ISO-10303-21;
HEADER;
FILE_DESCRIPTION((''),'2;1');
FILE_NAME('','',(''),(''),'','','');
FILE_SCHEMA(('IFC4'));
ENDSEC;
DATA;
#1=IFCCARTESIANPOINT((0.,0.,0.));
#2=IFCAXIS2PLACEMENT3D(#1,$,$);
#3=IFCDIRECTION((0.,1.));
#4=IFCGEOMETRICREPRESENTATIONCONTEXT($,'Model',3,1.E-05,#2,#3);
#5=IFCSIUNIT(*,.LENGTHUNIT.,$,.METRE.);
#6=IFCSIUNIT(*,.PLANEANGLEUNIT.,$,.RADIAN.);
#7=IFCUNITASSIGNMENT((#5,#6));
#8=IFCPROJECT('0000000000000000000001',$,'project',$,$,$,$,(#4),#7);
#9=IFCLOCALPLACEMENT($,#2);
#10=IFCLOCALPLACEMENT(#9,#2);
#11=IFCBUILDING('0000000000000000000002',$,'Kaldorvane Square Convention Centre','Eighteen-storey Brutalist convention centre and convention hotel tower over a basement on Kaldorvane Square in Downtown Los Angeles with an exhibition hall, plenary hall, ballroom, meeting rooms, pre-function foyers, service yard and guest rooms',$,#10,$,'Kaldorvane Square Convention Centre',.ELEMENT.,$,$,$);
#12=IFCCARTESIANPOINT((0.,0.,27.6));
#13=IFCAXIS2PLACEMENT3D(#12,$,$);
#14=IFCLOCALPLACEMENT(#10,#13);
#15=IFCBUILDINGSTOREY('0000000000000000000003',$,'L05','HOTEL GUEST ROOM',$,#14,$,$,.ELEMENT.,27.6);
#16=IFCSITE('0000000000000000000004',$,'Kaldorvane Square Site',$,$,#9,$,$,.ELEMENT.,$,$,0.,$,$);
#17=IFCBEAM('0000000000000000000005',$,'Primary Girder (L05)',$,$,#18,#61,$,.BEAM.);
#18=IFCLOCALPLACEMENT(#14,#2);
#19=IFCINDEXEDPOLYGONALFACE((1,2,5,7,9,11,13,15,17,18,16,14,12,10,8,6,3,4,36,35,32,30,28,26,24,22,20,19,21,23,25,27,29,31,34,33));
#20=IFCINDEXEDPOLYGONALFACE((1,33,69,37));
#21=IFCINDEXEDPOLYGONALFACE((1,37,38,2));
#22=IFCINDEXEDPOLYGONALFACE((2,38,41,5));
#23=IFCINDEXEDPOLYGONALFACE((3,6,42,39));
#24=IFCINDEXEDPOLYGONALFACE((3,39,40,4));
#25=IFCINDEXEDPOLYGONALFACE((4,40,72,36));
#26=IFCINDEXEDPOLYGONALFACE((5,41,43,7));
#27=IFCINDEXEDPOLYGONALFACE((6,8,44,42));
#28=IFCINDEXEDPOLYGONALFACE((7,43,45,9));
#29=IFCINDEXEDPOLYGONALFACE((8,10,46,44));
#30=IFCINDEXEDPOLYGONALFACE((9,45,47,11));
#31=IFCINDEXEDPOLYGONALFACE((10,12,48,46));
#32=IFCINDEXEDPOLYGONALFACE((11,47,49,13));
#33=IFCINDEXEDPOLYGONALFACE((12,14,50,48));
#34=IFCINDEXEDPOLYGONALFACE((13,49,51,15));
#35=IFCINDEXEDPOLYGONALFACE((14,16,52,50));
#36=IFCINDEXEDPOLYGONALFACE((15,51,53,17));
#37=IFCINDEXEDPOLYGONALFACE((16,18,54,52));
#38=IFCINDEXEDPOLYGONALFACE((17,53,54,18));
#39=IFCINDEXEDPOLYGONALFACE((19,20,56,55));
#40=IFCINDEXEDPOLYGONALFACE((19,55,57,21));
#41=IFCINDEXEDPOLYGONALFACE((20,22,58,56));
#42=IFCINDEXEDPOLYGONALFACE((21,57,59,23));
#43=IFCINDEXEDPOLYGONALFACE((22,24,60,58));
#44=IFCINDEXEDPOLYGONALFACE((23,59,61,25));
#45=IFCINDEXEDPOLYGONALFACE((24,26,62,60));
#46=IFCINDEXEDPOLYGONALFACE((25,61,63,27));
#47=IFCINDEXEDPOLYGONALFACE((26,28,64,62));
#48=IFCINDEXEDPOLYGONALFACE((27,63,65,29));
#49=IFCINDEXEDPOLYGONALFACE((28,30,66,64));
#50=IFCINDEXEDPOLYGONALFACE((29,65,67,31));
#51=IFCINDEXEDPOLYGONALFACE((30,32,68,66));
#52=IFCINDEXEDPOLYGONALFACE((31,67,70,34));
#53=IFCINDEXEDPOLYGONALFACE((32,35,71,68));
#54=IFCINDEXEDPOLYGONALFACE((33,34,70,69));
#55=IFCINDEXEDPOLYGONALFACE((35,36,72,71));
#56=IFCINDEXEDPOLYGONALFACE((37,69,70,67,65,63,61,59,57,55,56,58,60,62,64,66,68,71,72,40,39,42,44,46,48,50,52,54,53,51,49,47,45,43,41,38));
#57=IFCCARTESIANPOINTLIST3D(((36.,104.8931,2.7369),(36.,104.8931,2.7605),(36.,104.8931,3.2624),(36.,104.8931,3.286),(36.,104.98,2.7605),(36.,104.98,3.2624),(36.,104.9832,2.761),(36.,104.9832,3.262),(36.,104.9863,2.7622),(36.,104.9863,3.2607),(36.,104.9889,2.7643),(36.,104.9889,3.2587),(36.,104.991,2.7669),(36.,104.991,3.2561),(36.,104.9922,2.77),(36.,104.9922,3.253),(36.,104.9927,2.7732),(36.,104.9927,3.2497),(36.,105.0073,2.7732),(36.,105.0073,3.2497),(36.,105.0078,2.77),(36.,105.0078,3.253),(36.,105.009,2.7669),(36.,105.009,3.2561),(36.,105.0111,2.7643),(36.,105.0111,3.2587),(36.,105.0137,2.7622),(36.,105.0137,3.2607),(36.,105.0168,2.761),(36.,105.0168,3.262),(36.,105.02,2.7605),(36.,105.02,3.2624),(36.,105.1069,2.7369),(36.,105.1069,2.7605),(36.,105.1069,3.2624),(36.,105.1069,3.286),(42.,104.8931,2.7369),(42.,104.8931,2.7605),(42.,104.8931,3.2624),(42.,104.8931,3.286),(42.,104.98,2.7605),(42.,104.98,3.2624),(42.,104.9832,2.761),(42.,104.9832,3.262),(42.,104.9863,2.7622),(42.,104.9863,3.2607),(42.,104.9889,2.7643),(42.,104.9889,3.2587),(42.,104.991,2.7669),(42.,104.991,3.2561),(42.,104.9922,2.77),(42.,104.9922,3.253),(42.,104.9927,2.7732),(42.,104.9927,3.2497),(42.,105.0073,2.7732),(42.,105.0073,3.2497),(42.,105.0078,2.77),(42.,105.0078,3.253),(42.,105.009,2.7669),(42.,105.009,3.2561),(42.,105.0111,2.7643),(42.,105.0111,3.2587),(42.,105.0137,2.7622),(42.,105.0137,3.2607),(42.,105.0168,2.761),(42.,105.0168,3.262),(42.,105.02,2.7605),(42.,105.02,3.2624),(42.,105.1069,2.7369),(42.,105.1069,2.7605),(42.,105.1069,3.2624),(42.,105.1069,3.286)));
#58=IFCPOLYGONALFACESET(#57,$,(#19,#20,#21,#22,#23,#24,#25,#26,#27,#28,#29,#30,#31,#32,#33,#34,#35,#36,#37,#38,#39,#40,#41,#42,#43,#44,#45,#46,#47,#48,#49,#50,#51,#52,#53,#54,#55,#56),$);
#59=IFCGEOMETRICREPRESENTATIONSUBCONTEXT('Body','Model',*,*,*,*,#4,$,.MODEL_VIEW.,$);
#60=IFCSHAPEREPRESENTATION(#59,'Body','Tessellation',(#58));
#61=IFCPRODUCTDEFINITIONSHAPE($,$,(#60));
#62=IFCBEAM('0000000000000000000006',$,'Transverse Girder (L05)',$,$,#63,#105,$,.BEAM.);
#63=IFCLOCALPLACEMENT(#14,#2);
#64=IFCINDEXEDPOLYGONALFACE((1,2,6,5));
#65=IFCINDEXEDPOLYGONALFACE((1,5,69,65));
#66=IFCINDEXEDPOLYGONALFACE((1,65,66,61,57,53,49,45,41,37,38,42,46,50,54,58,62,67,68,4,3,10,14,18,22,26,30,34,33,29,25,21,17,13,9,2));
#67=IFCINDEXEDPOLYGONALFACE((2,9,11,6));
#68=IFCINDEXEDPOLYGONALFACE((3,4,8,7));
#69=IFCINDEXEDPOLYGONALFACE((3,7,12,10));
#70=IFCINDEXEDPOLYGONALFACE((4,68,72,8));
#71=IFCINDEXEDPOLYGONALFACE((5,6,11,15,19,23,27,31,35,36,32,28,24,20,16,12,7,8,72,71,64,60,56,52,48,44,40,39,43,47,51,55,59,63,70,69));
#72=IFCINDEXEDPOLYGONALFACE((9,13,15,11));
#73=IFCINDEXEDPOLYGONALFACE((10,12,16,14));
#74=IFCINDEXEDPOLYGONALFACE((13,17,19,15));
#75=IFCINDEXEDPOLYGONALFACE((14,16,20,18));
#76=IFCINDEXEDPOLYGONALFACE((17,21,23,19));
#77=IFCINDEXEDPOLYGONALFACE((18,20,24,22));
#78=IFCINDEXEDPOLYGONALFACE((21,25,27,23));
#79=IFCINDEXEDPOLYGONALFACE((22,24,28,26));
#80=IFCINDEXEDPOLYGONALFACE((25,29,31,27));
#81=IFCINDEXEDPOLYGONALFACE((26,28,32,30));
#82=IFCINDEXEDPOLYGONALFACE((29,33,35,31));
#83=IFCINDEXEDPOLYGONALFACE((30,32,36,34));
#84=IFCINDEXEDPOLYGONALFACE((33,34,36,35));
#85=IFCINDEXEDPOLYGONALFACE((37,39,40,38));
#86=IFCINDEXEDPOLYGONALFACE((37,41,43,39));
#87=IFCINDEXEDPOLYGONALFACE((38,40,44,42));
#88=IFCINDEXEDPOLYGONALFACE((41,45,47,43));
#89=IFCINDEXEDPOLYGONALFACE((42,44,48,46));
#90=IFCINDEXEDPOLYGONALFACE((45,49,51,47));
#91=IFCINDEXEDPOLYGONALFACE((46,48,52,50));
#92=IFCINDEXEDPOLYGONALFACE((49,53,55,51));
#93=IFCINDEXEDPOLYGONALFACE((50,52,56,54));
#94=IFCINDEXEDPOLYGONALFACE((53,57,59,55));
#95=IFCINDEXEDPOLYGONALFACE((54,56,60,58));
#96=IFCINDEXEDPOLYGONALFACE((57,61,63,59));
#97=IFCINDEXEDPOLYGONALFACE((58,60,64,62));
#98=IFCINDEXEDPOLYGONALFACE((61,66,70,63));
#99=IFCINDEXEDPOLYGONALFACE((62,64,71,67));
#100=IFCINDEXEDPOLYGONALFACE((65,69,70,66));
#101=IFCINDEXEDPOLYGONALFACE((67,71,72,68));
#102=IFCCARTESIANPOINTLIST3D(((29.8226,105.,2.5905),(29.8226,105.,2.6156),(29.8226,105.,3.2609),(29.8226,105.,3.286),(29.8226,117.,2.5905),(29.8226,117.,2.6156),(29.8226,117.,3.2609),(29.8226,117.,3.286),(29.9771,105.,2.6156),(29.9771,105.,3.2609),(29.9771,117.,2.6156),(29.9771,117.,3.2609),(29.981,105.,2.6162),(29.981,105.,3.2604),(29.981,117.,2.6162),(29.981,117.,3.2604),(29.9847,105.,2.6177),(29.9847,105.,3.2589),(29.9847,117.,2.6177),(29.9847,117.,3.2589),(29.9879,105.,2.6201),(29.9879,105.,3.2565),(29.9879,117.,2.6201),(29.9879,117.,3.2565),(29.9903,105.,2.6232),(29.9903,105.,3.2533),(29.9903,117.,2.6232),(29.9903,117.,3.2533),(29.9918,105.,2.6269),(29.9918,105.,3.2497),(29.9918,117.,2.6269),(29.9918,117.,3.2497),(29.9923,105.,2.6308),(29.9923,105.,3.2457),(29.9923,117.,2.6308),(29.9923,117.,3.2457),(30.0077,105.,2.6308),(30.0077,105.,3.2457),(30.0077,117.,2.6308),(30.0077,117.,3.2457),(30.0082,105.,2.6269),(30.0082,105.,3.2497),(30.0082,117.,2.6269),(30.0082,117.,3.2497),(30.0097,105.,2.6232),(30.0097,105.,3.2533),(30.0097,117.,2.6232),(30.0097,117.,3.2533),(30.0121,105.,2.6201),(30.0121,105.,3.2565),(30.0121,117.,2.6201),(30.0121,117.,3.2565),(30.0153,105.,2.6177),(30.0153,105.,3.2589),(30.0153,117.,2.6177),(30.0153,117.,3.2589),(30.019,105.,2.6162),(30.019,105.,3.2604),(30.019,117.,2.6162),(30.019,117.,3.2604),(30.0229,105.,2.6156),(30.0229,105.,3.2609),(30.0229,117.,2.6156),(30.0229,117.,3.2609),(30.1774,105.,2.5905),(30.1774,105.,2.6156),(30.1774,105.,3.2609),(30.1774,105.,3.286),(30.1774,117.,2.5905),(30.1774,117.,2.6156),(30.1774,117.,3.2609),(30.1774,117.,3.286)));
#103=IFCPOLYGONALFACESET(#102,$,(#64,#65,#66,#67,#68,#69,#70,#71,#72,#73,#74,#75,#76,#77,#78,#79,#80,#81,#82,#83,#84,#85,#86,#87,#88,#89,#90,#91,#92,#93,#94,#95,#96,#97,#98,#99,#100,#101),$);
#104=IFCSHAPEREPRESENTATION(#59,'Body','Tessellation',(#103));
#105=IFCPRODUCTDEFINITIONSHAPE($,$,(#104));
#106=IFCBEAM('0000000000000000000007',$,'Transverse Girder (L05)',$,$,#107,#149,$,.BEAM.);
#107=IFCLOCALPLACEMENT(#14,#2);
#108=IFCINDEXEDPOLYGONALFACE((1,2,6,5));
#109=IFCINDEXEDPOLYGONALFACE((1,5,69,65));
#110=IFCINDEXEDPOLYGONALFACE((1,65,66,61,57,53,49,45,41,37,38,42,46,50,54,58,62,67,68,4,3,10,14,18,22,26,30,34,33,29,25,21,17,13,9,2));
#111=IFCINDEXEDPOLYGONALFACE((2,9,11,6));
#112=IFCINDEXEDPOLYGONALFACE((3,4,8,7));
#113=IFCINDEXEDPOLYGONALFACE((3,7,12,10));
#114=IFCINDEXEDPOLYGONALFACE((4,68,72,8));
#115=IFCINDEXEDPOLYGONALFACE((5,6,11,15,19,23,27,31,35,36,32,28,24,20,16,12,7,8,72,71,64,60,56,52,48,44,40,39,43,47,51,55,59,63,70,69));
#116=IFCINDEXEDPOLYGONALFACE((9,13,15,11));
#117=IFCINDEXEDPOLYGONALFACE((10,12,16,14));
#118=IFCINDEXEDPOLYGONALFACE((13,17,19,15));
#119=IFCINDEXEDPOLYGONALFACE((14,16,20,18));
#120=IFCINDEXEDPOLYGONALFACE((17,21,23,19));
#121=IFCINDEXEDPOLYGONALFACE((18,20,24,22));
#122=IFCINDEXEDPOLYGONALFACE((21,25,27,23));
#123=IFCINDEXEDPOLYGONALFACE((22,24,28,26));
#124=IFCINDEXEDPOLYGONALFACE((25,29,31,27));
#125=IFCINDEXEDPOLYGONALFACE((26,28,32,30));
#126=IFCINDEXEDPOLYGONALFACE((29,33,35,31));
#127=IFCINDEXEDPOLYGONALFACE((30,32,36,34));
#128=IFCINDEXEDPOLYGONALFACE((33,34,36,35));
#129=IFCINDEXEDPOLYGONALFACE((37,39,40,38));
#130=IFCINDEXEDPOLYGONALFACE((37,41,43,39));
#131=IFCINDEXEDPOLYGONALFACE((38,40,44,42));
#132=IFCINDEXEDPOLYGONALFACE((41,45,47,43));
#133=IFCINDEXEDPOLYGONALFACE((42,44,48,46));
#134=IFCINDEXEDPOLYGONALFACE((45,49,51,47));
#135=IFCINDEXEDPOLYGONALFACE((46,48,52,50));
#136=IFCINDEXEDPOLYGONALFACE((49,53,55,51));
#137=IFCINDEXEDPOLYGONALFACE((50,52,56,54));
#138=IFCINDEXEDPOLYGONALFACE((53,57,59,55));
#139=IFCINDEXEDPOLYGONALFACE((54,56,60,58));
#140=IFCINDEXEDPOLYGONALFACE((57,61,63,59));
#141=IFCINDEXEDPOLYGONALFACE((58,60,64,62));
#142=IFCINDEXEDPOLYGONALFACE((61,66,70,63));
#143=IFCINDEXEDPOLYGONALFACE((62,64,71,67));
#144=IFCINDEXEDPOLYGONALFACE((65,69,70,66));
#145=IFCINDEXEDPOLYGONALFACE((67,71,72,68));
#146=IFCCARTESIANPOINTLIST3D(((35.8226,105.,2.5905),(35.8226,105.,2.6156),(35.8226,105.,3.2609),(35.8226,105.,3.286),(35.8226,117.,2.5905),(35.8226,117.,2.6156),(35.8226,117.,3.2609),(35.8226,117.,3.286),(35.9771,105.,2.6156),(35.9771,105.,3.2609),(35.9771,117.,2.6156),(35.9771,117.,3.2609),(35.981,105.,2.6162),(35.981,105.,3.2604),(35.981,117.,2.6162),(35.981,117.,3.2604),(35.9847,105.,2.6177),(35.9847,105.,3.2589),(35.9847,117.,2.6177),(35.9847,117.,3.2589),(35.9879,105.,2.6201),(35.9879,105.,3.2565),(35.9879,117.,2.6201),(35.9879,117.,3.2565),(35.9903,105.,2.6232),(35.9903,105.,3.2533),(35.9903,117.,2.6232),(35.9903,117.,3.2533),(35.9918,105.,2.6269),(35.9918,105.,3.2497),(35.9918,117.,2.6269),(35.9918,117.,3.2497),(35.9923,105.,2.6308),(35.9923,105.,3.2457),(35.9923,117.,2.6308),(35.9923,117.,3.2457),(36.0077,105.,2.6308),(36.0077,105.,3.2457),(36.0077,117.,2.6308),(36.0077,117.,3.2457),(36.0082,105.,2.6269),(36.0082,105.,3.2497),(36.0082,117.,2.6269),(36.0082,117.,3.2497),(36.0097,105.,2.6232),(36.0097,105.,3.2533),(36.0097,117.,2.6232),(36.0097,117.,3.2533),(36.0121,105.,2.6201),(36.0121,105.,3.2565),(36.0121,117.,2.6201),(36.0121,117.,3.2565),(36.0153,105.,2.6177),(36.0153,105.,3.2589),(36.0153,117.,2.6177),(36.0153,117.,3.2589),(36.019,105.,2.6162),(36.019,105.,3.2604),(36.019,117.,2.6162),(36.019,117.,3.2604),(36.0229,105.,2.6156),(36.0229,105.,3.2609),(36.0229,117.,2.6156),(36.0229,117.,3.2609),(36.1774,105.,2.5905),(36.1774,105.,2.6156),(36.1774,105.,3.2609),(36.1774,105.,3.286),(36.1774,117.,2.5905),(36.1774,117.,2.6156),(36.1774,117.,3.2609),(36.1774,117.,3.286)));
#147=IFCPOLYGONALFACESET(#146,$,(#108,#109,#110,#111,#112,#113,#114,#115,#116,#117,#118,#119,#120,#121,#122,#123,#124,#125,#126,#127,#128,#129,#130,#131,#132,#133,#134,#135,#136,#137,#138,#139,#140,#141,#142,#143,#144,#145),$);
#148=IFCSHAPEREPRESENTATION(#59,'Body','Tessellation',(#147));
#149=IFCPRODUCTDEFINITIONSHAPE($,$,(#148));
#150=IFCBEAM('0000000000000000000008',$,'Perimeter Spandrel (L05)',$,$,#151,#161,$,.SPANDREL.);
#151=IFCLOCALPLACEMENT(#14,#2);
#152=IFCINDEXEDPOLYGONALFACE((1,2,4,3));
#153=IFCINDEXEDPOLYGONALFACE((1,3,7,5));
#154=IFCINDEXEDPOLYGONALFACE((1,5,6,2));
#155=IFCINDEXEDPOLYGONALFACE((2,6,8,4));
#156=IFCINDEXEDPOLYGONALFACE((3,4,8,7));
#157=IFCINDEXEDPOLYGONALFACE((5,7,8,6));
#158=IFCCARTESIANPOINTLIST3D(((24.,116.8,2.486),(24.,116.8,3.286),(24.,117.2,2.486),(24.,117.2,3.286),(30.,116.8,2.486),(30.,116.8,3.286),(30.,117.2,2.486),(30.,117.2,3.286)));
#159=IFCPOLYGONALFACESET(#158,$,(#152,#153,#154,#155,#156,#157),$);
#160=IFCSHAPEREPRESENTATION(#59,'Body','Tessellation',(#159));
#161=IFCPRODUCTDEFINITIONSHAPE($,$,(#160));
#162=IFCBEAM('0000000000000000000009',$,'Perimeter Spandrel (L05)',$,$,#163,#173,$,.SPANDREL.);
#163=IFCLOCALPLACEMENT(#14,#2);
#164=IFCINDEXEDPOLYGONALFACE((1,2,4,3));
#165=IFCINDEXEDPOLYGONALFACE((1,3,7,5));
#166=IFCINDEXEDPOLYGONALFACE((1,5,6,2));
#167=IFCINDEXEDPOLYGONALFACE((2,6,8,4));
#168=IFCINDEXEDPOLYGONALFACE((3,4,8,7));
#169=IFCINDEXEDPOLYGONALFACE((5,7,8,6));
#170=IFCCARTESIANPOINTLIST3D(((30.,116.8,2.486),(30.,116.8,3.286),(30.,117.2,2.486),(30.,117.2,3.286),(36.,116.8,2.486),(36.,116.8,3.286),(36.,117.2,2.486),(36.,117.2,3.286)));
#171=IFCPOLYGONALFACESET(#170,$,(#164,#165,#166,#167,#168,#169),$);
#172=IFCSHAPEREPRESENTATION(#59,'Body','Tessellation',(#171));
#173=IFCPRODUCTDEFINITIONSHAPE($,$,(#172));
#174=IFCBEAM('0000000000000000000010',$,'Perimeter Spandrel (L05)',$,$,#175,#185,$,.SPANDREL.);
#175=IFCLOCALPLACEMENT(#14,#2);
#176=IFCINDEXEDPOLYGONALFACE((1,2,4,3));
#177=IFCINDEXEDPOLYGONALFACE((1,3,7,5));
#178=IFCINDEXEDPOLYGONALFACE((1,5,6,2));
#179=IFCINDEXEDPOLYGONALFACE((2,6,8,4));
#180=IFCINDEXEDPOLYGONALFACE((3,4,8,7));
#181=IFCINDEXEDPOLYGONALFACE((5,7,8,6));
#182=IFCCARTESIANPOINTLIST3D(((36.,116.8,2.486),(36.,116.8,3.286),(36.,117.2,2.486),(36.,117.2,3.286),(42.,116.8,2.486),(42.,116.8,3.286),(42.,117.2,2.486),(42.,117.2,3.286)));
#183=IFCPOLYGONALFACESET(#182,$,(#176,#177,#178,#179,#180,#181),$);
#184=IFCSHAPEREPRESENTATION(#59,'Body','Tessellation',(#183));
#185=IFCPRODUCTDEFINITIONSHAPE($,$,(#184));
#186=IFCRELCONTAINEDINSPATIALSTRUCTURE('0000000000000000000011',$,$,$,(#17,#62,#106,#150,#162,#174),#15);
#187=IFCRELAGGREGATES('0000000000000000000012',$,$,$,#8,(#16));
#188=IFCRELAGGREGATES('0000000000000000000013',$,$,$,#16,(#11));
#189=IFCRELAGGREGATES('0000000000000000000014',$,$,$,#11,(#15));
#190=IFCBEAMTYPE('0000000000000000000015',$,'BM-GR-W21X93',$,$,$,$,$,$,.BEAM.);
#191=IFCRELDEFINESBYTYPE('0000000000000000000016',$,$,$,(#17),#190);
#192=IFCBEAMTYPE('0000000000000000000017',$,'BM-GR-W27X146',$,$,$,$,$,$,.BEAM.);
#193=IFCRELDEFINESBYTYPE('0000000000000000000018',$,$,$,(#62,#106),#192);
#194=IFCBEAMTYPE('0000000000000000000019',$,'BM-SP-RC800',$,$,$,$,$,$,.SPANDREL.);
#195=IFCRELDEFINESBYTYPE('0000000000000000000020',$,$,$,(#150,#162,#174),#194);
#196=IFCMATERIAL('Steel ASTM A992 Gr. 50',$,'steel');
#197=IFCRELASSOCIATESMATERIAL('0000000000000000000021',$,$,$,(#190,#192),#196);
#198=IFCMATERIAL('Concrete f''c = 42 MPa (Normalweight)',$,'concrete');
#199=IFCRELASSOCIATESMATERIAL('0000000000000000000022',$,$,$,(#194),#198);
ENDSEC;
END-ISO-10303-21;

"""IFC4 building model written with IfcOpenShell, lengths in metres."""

from ifc_helpers import new_model, si_unit, direction, frame, origin, origin_2d, place, context, subcontext, project, spatial, rectangle, i_section, extrude, material, material_profile, profile_set, type_object, element, save


model = new_model("IFC4")

# Units and contexts
model_context = context("Model", 3, precision=1e-05, world=origin(), true_north=direction((0.0, 1.0)))
body_context = subcontext(model_context, "Body", "Model", "MODEL_VIEW")
ifc_project = project(units=[si_unit("LENGTHUNIT", "METRE"), si_unit("PLANEANGLEUNIT", "RADIAN")], contexts=[model_context])

# Site, building, storey
site_placement = place(None, origin())
site = spatial("IfcSite", under=ifc_project, at=site_placement, Name="Kaldorvane Square Site", CompositionType="ELEMENT", RefElevation=0.0)
building_placement = place(site_placement, origin())
building = spatial("IfcBuilding", under=site, at=building_placement, Name="Kaldorvane Square Convention Centre", Description="Eighteen-storey Brutalist convention centre and convention hotel tower over a basement on Kaldorvane Square in Downtown Los Angeles with an exhibition hall, plenary hall, ballroom, meeting rooms, pre-function foyers, service yard and guest rooms", LongName="Kaldorvane Square Convention Centre", CompositionType="ELEMENT")
storey_placement = place(building_placement, frame((0.0, 0.0, 27.6)))
storey = spatial("IfcBuildingStorey", under=building, at=storey_placement, Name="L05", Description="HOTEL GUEST ROOM", CompositionType="ELEMENT", Elevation=27.6)

# Shared definitions
ifc_material_1 = material(Name="Steel ASTM A992 Gr. 50", Category="steel")

# Beams
ifc_material_profile_1 = material_profile(ifc_material_1, i_section(OverallWidth=0.2139, OverallDepth=0.5491, WebThickness=0.0147, FlangeThickness=0.0236, FilletRadius=0.0127, at=origin_2d()), Name="W21X93")
ifc_profile_set_1 = profile_set([ifc_material_profile_1], Name="Steel ASTM A992 Gr. 50")
beam_type_1 = type_object("IfcBeamType", Name="BM-GR-W21X93", PredefinedType="BEAM", material=ifc_profile_set_1)
for number, where, z_axis, x_axis, name in (
    (1, (36.0, 105.0, 3.0115), (1.0, 0.0, 0.0), (0.0, 1.0, 0.0), "Primary Girder (L05)"),
):
    element("IfcBeam", number, at=place(storey_placement, frame(where, z_axis=z_axis, x_axis=x_axis)), inside=storey, type_object=beam_type_1, Name=name, PredefinedType="BEAM", context=body_context, shape_type="SweptSolid", body=[
        extrude(i_section(OverallWidth=0.2139, OverallDepth=0.5491, WebThickness=0.0147, FlangeThickness=0.0236, FilletRadius=0.0127, at=origin_2d()), origin(), (0.0, 0.0, 1.0), 6.0),
    ])
ifc_material_profile_2 = material_profile(ifc_material_1, i_section(OverallWidth=0.3547, OverallDepth=0.6955, WebThickness=0.0154, FlangeThickness=0.0251, FilletRadius=0.0152, at=origin_2d()), Name="W27X146")
ifc_profile_set_2 = profile_set([ifc_material_profile_2], Name="Steel ASTM A992 Gr. 50")
beam_type_2 = type_object("IfcBeamType", Name="BM-GR-W27X146", PredefinedType="BEAM", material=ifc_profile_set_2)
for number, where, z_axis, x_axis, name in (
    (2, (30.0, 105.0, 2.9383), (0.0, 1.0, 0.0), (-1.0, 0.0, 0.0), "Transverse Girder (L05)"),
    (3, (36.0, 105.0, 2.9383), (0.0, 1.0, 0.0), (-1.0, 0.0, 0.0), "Transverse Girder (L05)"),
):
    element("IfcBeam", number, at=place(storey_placement, frame(where, z_axis=z_axis, x_axis=x_axis)), inside=storey, type_object=beam_type_2, Name=name, PredefinedType="BEAM", context=body_context, shape_type="SweptSolid", body=[
        extrude(i_section(OverallWidth=0.3547, OverallDepth=0.6955, WebThickness=0.0154, FlangeThickness=0.0251, FilletRadius=0.0152, at=origin_2d()), origin(), (0.0, 0.0, 1.0), 12.0),
    ])
ifc_material_2 = material(Name="Concrete f'c = 42 MPa (Normalweight)", Category="concrete")
ifc_material_profile_3 = material_profile(ifc_material_2, rectangle(XDim=0.4, YDim=0.8, at=origin_2d()), Name="RCSP800X400")
ifc_profile_set_3 = profile_set([ifc_material_profile_3], Name="Concrete f'c = 42 MPa (Normalweight)")
beam_type_3 = type_object("IfcBeamType", Name="BM-SP-RC800", PredefinedType="SPANDREL", material=ifc_profile_set_3)
for number, where, z_axis, x_axis, name in (
    (4, (24.0, 117.0, 2.886), (1.0, 0.0, 0.0), (0.0, 1.0, 0.0), "Perimeter Spandrel (L05)"),
    (5, (30.0, 117.0, 2.886), (1.0, 0.0, 0.0), (0.0, 1.0, 0.0), "Perimeter Spandrel (L05)"),
    (6, (36.0, 117.0, 2.886), (1.0, 0.0, 0.0), (0.0, 1.0, 0.0), "Perimeter Spandrel (L05)"),
):
    element("IfcBeam", number, at=place(storey_placement, frame(where, z_axis=z_axis, x_axis=x_axis)), inside=storey, type_object=beam_type_3, Name=name, PredefinedType="SPANDREL", context=body_context, shape_type="SweptSolid", body=[
        extrude(rectangle(XDim=0.4, YDim=0.8, at=origin_2d()), origin(), (0.0, 0.0, 1.0), 6.0),
    ])

save(model, "model.ifc")
